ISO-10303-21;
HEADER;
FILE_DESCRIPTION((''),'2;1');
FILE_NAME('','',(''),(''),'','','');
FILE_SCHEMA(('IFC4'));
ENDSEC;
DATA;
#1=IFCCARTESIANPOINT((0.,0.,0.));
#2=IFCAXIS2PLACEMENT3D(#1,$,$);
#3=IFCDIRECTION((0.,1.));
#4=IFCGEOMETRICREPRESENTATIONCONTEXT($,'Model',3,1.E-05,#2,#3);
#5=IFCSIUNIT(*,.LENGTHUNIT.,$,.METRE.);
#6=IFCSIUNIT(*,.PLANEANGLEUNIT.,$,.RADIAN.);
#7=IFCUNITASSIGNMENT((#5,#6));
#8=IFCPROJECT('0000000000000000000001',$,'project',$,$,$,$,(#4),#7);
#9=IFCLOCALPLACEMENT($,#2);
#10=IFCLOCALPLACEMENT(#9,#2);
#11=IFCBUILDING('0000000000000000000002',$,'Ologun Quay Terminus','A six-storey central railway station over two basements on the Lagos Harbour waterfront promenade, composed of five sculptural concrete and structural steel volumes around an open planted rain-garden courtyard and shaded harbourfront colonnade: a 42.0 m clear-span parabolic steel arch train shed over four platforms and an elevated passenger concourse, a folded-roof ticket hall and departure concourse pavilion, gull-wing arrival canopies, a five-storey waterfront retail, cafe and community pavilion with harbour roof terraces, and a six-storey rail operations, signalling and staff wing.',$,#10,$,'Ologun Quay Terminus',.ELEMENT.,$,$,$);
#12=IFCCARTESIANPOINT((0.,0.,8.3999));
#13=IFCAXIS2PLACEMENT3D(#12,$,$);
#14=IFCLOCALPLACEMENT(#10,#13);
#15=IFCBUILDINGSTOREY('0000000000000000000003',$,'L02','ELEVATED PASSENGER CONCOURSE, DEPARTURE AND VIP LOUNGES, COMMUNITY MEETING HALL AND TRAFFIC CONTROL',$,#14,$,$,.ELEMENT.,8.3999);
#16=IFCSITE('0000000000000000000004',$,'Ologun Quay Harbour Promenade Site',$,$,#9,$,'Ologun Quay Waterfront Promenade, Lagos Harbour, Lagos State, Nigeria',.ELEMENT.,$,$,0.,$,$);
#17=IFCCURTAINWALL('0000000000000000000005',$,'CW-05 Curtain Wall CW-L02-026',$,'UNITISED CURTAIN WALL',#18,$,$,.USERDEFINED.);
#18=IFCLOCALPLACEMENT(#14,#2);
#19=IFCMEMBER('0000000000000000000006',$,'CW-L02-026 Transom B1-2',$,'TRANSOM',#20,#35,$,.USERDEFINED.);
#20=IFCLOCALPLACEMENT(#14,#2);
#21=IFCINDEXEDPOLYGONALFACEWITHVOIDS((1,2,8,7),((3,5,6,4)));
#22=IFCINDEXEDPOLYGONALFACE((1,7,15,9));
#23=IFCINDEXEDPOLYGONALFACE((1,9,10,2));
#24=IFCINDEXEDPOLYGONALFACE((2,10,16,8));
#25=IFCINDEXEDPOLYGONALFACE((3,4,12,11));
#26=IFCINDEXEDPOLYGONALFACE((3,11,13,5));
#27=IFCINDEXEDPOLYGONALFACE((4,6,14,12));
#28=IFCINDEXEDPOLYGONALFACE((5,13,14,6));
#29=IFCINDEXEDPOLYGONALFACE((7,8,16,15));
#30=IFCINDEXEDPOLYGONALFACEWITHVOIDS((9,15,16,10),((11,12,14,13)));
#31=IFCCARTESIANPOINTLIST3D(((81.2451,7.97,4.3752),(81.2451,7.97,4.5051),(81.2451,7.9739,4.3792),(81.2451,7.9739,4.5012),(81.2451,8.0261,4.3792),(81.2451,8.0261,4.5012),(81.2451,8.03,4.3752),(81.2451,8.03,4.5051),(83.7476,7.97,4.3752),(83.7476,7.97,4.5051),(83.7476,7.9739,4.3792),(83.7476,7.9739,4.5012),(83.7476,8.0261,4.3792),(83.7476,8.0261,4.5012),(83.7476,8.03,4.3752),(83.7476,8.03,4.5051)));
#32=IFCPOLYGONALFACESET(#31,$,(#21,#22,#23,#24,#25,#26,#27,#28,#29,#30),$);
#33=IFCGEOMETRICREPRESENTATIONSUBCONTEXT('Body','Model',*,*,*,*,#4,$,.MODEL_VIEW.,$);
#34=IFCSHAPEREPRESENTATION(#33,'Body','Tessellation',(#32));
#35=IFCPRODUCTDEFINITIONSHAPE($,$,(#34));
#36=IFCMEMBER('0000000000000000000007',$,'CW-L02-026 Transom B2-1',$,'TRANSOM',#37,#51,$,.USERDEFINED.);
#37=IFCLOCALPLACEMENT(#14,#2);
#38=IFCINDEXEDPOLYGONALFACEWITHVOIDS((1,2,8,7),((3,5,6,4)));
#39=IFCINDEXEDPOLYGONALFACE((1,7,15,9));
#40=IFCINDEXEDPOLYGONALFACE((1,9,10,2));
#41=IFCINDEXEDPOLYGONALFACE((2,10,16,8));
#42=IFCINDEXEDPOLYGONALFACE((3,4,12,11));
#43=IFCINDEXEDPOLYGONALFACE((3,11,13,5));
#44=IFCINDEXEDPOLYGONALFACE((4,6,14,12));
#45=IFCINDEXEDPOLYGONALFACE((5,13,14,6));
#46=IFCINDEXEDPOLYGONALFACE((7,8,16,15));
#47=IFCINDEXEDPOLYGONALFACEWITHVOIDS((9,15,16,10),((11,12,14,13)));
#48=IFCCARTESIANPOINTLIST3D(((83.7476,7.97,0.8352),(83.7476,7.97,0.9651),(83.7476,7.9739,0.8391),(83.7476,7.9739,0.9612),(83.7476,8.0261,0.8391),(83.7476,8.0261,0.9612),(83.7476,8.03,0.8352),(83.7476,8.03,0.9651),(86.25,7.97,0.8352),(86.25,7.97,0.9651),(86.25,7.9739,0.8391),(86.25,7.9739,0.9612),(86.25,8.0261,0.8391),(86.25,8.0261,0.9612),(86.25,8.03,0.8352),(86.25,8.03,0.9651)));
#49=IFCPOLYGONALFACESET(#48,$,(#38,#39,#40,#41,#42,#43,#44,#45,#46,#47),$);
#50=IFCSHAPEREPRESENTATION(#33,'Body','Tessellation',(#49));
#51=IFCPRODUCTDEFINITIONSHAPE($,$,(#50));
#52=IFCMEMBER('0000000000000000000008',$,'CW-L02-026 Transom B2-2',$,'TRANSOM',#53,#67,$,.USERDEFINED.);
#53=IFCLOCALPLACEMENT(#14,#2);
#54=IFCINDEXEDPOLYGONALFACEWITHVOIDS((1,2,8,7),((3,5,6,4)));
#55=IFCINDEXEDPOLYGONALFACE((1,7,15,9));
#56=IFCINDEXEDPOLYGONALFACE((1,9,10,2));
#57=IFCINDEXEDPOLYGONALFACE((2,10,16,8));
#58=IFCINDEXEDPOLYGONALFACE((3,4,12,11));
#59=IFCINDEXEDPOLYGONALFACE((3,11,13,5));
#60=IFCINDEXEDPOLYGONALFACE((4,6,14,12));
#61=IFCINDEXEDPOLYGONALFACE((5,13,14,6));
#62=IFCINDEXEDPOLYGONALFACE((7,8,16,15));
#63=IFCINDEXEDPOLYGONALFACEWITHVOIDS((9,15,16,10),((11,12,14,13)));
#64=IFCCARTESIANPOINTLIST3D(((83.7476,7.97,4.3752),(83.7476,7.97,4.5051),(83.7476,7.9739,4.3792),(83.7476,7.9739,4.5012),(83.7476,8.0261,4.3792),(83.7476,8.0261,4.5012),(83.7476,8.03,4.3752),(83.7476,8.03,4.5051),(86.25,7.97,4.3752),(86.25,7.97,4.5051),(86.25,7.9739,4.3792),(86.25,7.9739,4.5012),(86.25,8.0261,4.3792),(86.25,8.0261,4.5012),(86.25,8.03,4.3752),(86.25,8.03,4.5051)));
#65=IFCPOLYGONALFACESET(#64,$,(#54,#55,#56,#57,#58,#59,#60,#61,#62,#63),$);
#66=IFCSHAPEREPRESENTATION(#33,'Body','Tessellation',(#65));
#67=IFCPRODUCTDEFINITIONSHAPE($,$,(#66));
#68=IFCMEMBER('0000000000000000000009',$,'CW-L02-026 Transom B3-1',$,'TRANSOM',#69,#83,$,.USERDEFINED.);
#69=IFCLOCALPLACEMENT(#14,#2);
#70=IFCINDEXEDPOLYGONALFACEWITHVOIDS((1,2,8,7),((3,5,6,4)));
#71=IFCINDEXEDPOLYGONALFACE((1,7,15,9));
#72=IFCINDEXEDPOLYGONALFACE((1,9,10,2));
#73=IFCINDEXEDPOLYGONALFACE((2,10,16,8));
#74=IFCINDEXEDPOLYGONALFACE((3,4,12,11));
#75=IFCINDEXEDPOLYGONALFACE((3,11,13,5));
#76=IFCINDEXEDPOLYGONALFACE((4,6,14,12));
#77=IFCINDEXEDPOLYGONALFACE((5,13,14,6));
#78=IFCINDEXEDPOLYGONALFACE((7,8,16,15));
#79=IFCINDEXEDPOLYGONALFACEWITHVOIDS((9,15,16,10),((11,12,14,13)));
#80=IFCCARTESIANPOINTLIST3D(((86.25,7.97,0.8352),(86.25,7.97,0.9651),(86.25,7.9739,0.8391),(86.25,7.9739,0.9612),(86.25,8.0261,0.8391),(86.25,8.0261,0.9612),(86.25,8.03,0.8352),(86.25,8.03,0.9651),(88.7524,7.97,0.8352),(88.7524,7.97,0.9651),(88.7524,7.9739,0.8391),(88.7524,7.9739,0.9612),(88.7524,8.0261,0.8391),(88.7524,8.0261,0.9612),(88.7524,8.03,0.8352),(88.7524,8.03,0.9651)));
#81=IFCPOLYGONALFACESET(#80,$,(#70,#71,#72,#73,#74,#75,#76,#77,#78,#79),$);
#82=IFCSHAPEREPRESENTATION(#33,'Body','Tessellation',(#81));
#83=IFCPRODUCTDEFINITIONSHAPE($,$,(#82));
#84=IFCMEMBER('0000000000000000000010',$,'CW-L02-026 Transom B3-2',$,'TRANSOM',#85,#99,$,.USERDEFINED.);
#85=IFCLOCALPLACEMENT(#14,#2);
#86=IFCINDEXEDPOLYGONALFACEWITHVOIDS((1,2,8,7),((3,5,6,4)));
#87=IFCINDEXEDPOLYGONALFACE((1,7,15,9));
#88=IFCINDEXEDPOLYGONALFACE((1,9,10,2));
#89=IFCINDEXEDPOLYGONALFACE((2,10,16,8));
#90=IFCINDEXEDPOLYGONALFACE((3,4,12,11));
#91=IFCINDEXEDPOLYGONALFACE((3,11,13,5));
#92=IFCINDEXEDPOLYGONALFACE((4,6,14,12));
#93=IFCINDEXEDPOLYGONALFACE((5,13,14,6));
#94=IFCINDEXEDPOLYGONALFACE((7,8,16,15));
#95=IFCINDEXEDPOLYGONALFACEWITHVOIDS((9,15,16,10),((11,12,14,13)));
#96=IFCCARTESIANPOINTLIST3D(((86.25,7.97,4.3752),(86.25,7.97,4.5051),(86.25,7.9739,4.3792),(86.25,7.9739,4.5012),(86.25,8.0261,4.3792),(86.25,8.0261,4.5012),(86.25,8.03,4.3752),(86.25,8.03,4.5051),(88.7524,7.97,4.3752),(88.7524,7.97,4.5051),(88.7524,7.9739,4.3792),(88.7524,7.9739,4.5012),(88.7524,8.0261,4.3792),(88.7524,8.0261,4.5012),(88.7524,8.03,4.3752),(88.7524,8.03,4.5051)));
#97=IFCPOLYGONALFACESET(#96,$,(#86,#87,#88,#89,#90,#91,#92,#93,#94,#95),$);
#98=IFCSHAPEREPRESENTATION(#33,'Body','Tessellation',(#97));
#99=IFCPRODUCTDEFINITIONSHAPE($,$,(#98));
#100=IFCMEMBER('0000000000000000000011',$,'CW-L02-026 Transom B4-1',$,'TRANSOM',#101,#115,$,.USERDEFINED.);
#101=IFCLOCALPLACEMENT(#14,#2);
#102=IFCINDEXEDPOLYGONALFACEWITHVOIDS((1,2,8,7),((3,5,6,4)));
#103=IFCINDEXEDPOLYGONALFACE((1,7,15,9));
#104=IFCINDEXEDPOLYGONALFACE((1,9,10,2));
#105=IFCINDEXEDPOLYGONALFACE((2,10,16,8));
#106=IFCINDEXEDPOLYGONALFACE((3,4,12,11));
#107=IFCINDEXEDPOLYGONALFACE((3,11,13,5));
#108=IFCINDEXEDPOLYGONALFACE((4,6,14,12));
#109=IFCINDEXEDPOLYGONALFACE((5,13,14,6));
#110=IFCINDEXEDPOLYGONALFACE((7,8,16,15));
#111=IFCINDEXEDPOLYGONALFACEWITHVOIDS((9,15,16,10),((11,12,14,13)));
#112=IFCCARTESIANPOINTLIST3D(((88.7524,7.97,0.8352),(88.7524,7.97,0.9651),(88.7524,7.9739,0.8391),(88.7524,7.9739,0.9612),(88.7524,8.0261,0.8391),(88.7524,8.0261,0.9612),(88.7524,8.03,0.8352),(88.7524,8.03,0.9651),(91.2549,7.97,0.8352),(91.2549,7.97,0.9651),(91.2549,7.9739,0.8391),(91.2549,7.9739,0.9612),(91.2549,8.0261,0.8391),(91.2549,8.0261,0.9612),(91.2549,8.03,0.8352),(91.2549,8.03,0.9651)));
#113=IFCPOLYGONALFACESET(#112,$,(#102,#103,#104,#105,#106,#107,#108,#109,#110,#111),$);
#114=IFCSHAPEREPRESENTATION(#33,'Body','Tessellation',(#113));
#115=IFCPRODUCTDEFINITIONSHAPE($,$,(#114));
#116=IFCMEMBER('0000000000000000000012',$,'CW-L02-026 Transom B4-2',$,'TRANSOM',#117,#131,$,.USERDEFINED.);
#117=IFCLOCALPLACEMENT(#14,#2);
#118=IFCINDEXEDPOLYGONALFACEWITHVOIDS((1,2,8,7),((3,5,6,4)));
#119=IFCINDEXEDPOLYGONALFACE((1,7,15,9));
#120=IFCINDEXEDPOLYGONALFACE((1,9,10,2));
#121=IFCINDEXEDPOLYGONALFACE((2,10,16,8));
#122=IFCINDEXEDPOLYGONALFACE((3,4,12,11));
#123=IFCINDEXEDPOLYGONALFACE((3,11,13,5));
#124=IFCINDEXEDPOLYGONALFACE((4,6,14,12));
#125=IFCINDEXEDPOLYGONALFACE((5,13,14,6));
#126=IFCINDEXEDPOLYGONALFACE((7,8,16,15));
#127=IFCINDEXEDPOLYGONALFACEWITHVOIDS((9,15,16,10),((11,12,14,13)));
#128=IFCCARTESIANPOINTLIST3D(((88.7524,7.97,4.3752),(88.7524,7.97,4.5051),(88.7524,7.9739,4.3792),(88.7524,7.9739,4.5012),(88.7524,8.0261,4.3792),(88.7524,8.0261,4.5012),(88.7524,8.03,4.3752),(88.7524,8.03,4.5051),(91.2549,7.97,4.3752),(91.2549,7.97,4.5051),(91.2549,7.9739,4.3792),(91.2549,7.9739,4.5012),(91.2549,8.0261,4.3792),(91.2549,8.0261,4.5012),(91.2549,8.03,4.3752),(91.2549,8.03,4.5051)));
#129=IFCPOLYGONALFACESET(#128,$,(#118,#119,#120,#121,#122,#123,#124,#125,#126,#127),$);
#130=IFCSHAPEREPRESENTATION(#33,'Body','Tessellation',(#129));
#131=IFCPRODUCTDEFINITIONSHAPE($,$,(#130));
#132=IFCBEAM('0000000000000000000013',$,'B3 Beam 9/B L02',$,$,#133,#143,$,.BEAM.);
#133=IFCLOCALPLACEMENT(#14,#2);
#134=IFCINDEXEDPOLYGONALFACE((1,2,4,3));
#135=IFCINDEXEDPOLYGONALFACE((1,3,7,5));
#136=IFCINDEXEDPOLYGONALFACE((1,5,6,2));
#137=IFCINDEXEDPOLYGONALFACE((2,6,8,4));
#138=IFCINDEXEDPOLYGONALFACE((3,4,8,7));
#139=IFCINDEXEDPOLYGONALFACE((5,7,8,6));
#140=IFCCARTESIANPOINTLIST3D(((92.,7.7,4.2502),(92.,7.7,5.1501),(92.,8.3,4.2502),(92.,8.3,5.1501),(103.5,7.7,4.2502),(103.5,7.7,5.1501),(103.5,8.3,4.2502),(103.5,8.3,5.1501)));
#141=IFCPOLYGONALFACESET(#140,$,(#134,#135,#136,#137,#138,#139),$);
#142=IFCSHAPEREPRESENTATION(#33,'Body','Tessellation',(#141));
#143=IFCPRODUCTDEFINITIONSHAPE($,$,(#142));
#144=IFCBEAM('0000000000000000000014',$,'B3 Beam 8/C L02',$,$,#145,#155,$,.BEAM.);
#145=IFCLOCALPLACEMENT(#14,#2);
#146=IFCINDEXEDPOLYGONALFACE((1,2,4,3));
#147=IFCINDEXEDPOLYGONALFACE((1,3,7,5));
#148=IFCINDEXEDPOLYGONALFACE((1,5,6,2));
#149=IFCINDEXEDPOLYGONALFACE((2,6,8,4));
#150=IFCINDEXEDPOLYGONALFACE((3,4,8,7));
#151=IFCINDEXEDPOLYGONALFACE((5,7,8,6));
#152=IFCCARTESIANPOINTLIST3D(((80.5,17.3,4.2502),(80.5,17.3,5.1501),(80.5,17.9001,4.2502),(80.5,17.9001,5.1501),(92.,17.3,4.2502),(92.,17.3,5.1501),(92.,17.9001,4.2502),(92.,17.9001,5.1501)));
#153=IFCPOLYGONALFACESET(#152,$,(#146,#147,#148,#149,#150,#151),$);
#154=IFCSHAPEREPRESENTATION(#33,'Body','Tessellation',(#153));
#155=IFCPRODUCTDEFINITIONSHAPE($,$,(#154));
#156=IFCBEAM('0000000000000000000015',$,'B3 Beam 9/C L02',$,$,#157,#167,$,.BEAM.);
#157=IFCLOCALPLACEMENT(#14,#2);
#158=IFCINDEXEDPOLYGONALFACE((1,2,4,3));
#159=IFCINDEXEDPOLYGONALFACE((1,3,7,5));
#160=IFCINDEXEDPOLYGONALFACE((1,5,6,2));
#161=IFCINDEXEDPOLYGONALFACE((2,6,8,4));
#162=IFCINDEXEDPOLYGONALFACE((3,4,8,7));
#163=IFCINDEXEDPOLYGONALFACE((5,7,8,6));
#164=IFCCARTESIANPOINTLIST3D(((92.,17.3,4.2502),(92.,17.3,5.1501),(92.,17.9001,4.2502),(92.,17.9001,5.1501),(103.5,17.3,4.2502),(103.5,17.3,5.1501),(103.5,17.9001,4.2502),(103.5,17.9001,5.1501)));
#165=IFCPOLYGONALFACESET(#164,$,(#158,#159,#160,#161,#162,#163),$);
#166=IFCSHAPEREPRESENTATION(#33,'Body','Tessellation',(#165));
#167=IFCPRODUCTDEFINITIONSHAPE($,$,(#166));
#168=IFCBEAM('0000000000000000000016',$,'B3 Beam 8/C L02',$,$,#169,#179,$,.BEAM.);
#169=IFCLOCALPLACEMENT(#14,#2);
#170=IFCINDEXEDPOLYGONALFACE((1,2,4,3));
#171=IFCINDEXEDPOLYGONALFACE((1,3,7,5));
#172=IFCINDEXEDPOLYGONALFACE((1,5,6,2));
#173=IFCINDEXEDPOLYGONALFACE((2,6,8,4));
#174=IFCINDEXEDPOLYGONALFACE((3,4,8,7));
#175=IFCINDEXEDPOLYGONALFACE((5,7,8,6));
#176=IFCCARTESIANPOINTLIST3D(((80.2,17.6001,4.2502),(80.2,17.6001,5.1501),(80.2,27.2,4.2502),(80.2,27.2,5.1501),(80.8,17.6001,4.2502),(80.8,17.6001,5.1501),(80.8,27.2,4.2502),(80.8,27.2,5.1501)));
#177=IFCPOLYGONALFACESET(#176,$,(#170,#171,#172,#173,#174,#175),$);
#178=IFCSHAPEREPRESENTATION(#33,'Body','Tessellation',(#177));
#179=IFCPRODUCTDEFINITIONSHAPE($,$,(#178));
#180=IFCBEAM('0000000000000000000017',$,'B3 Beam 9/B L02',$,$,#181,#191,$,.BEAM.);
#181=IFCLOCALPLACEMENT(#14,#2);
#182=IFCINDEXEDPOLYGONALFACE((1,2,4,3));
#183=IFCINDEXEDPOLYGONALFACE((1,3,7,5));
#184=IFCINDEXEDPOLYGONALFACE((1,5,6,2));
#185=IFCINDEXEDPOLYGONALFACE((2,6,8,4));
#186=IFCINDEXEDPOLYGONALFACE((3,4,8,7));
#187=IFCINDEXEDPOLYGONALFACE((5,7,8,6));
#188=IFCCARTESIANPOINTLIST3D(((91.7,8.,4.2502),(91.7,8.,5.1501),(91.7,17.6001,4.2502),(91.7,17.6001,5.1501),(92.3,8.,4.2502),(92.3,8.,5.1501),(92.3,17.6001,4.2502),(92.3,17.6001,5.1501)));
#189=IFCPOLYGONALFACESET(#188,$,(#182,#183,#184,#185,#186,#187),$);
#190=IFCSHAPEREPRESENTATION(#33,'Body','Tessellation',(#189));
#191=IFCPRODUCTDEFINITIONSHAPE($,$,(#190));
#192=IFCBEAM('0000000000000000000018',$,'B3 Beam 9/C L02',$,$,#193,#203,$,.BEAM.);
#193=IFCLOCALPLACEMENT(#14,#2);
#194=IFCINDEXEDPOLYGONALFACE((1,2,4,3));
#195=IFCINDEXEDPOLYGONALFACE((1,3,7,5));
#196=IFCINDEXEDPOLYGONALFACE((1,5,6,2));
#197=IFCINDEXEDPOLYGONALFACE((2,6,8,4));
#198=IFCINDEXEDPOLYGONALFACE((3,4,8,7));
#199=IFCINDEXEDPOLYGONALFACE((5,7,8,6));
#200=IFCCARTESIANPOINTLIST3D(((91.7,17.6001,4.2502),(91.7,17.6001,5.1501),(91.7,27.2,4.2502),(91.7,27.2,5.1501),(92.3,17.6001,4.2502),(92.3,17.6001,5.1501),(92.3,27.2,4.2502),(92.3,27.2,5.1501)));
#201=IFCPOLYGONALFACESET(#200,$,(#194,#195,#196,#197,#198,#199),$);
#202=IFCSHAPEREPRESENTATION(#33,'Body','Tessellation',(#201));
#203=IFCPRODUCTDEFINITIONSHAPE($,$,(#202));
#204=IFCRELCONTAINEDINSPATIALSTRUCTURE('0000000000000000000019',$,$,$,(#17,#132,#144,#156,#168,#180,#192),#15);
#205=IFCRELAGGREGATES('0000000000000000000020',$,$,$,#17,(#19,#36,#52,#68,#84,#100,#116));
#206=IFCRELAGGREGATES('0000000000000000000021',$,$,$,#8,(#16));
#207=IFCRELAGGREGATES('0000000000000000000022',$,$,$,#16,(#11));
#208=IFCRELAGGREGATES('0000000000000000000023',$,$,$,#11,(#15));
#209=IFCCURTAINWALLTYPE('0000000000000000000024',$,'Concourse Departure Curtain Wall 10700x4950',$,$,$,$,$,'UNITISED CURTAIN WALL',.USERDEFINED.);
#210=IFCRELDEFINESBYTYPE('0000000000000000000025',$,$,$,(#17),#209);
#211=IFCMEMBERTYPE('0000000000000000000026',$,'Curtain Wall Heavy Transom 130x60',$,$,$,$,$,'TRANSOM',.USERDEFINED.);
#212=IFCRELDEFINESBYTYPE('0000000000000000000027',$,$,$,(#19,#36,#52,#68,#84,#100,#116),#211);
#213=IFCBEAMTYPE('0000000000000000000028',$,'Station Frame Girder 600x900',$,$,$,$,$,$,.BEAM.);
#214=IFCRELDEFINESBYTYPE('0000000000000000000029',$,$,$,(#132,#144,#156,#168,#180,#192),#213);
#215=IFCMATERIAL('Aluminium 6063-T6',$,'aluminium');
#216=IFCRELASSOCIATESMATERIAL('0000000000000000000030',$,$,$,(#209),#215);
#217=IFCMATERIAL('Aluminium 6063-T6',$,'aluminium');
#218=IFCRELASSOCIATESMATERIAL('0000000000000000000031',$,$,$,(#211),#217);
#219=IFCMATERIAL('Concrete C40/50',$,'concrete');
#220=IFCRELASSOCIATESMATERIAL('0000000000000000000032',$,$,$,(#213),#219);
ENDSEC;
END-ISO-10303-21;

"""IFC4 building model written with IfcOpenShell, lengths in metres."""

from ifc_helpers import new_model, si_unit, direction, frame, origin, origin_2d, place, context, subcontext, project, spatial, rectangle, hollow_rectangle, extrude, material, material_profile, profile_set, type_object, element, aggregate, save


model = new_model("IFC4")

# Units and contexts
model_context = context("Model", 3, precision=1e-05, world=origin(), true_north=direction((0.0, 1.0)))
body_context = subcontext(model_context, "Body", "Model", "MODEL_VIEW")
ifc_project = project(units=[si_unit("LENGTHUNIT", "METRE"), si_unit("PLANEANGLEUNIT", "RADIAN")], contexts=[model_context])

# Site, building, storey
site_placement = place(None, origin())
site = spatial("IfcSite", under=ifc_project, at=site_placement, Name="Ologun Quay Harbour Promenade Site", LongName="Ologun Quay Waterfront Promenade, Lagos Harbour, Lagos State, Nigeria", CompositionType="ELEMENT", RefElevation=0.0)
building_placement = place(site_placement, origin())
building = spatial("IfcBuilding", under=site, at=building_placement, Name="Ologun Quay Terminus", Description="A six-storey central railway station over two basements on the Lagos Harbour waterfront promenade, composed of five sculptural concrete and structural steel volumes around an open planted rain-garden courtyard and shaded harbourfront colonnade: a 42.0 m clear-span parabolic steel arch train shed over four platforms and an elevated passenger concourse, a folded-roof ticket hall and departure concourse pavilion, gull-wing arrival canopies, a five-storey waterfront retail, cafe and community pavilion with harbour roof terraces, and a six-storey rail operations, signalling and staff wing.", LongName="Ologun Quay Terminus", CompositionType="ELEMENT")
storey_placement = place(building_placement, frame((0.0, 0.0, 8.3999)))
storey = spatial("IfcBuildingStorey", under=building, at=storey_placement, Name="L02", Description="ELEVATED PASSENGER CONCOURSE, DEPARTURE AND VIP LOUNGES, COMMUNITY MEETING HALL AND TRAFFIC CONTROL", CompositionType="ELEMENT", Elevation=8.3999)

# Curtain wall, members
ifc_material_1 = material(Name="Aluminium 6063-T6", Category="aluminium")
curtain_wall_type = type_object("IfcCurtainWallType", Name="Concourse Departure Curtain Wall 10700x4950", ElementType="UNITISED CURTAIN WALL", PredefinedType="USERDEFINED", material=ifc_material_1)
curtain_wall_placement = place(storey_placement, origin())
curtain_wall = element("IfcCurtainWall", 1, at=curtain_wall_placement, inside=storey, type_object=curtain_wall_type, Name="CW-05 Curtain Wall CW-L02-026", ObjectType="UNITISED CURTAIN WALL", PredefinedType="USERDEFINED")
ifc_material_2 = material(Name="Aluminium 6063-T6", Category="aluminium")
ifc_material_profile_1 = material_profile(ifc_material_2, hollow_rectangle(XDim=0.0601, YDim=0.1299, WallThickness=0.0039, at=origin_2d()), Name="ALU 130x60x4")
ifc_profile_set_1 = profile_set([ifc_material_profile_1], Name="Aluminium 6063-T6")
member_type_1 = type_object("IfcMemberType", Name="Curtain Wall Heavy Transom 130x60", ElementType="TRANSOM", PredefinedType="USERDEFINED", material=ifc_profile_set_1)
member_1_placement = place(storey_placement, frame((81.2451, 8.0, 4.4402), z_axis=(1.0, 0.0, 0.0), x_axis=(0.0, 1.0, 0.0)))
member_1 = element("IfcMember", 2, at=member_1_placement, type_object=member_type_1, Name="CW-L02-026 Transom B1-2", ObjectType="TRANSOM", PredefinedType="USERDEFINED", context=body_context, shape_type="SweptSolid", body=[
    extrude(hollow_rectangle(XDim=0.0601, YDim=0.1299, WallThickness=0.0039, at=origin_2d()), origin(), (0.0, 0.0, 1.0), 2.5024),
])
member_2_placement = place(storey_placement, frame((83.7476, 8.0, 0.9001), z_axis=(1.0, 0.0, 0.0), x_axis=(0.0, 1.0, 0.0)))
member_2 = element("IfcMember", 3, at=member_2_placement, type_object=member_type_1, Name="CW-L02-026 Transom B2-1", ObjectType="TRANSOM", PredefinedType="USERDEFINED", context=body_context, shape_type="SweptSolid", body=[
    extrude(hollow_rectangle(XDim=0.0601, YDim=0.1299, WallThickness=0.0039, at=origin_2d()), origin(), (0.0, 0.0, 1.0), 2.5024),
])
member_3_placement = place(storey_placement, frame((83.7476, 8.0, 4.4402), z_axis=(1.0, 0.0, 0.0), x_axis=(0.0, 1.0, 0.0)))
member_3 = element("IfcMember", 4, at=member_3_placement, type_object=member_type_1, Name="CW-L02-026 Transom B2-2", ObjectType="TRANSOM", PredefinedType="USERDEFINED", context=body_context, shape_type="SweptSolid", body=[
    extrude(hollow_rectangle(XDim=0.0601, YDim=0.1299, WallThickness=0.0039, at=origin_2d()), origin(), (0.0, 0.0, 1.0), 2.5024),
])
member_4_placement = place(storey_placement, frame((86.25, 8.0, 0.9001), z_axis=(1.0, 0.0, 0.0), x_axis=(0.0, 1.0, 0.0)))
member_4 = element("IfcMember", 5, at=member_4_placement, type_object=member_type_1, Name="CW-L02-026 Transom B3-1", ObjectType="TRANSOM", PredefinedType="USERDEFINED", context=body_context, shape_type="SweptSolid", body=[
    extrude(hollow_rectangle(XDim=0.0601, YDim=0.1299, WallThickness=0.0039, at=origin_2d()), origin(), (0.0, 0.0, 1.0), 2.5024),
])
member_5_placement = place(storey_placement, frame((86.25, 8.0, 4.4402), z_axis=(1.0, 0.0, 0.0), x_axis=(0.0, 1.0, 0.0)))
member_5 = element("IfcMember", 6, at=member_5_placement, type_object=member_type_1, Name="CW-L02-026 Transom B3-2", ObjectType="TRANSOM", PredefinedType="USERDEFINED", context=body_context, shape_type="SweptSolid", body=[
    extrude(hollow_rectangle(XDim=0.0601, YDim=0.1299, WallThickness=0.0039, at=origin_2d()), origin(), (0.0, 0.0, 1.0), 2.5024),
])
member_6_placement = place(storey_placement, frame((88.7524, 8.0, 0.9001), z_axis=(1.0, 0.0, 0.0), x_axis=(0.0, 1.0, 0.0)))
member_6 = element("IfcMember", 7, at=member_6_placement, type_object=member_type_1, Name="CW-L02-026 Transom B4-1", ObjectType="TRANSOM", PredefinedType="USERDEFINED", context=body_context, shape_type="SweptSolid", body=[
    extrude(hollow_rectangle(XDim=0.0601, YDim=0.1299, WallThickness=0.0039, at=origin_2d()), origin(), (0.0, 0.0, 1.0), 2.5024),
])
member_7_placement = place(storey_placement, frame((88.7524, 8.0, 4.4402), z_axis=(1.0, 0.0, 0.0), x_axis=(0.0, 1.0, 0.0)))
member_7 = element("IfcMember", 8, at=member_7_placement, type_object=member_type_1, Name="CW-L02-026 Transom B4-2", ObjectType="TRANSOM", PredefinedType="USERDEFINED", context=body_context, shape_type="SweptSolid", body=[
    extrude(hollow_rectangle(XDim=0.0601, YDim=0.1299, WallThickness=0.0039, at=origin_2d()), origin(), (0.0, 0.0, 1.0), 2.5024),
])

# Beams
ifc_material_3 = material(Name="Concrete C40/50", Category="concrete")
ifc_material_profile_2 = material_profile(ifc_material_3, rectangle(XDim=0.6001, YDim=0.8999, at=origin_2d()), Name="RC 600x900")
ifc_profile_set_2 = profile_set([ifc_material_profile_2], Name="Concrete C40/50")
beam_type_1 = type_object("IfcBeamType", Name="Station Frame Girder 600x900", PredefinedType="BEAM", material=ifc_profile_set_2)
for number, where, z_axis, x_axis, name in (
    (9, (92.0, 8.0, 4.7002), (1.0, 0.0, 0.0), (0.0, 1.0, 0.0), "B3 Beam 9/B L02"),
    (10, (80.5, 17.6001, 4.7002), (1.0, 0.0, 0.0), (0.0, 1.0, 0.0), "B3 Beam 8/C L02"),
    (11, (92.0, 17.6001, 4.7002), (1.0, 0.0, 0.0), (0.0, 1.0, 0.0), "B3 Beam 9/C L02"),
):
    element("IfcBeam", number, at=place(storey_placement, frame(where, z_axis=z_axis, x_axis=x_axis)), inside=storey, type_object=beam_type_1, Name=name, PredefinedType="BEAM", context=body_context, shape_type="SweptSolid", body=[
        extrude(rectangle(XDim=0.6001, YDim=0.8999, at=origin_2d()), origin(), (0.0, 0.0, 1.0), 11.5),
    ])
beam_1_placement = place(storey_placement, frame((80.5, 17.6001, 4.7002), z_axis=(0.0, 1.0, 0.0), x_axis=(-1.0, 0.0, 0.0)))
element("IfcBeam", 12, at=beam_1_placement, inside=storey, type_object=beam_type_1, Name="B3 Beam 8/C L02", PredefinedType="BEAM", context=body_context, shape_type="SweptSolid", body=[
    extrude(rectangle(XDim=0.6001, YDim=0.8999, at=origin_2d()), origin(), (0.0, 0.0, 1.0), 9.5999),
])
beam_2_placement = place(storey_placement, frame((92.0, 8.0, 4.7002), z_axis=(0.0, 1.0, 0.0), x_axis=(-1.0, 0.0, 0.0)))
element("IfcBeam", 13, at=beam_2_placement, inside=storey, type_object=beam_type_1, Name="B3 Beam 9/B L02", PredefinedType="BEAM", context=body_context, shape_type="SweptSolid", body=[
    extrude(rectangle(XDim=0.6001, YDim=0.8999, at=origin_2d()), origin(), (0.0, 0.0, 1.0), 9.6001),
])
beam_3_placement = place(storey_placement, frame((92.0, 17.6001, 4.7002), z_axis=(0.0, 1.0, 0.0), x_axis=(-1.0, 0.0, 0.0)))
element("IfcBeam", 14, at=beam_3_placement, inside=storey, type_object=beam_type_1, Name="B3 Beam 9/C L02", PredefinedType="BEAM", context=body_context, shape_type="SweptSolid", body=[
    extrude(rectangle(XDim=0.6001, YDim=0.8999, at=origin_2d()), origin(), (0.0, 0.0, 1.0), 9.5999),
])

aggregate(curtain_wall, [member_1, member_2, member_3, member_4, member_5, member_6, member_7])

save(model, "model.ifc")
